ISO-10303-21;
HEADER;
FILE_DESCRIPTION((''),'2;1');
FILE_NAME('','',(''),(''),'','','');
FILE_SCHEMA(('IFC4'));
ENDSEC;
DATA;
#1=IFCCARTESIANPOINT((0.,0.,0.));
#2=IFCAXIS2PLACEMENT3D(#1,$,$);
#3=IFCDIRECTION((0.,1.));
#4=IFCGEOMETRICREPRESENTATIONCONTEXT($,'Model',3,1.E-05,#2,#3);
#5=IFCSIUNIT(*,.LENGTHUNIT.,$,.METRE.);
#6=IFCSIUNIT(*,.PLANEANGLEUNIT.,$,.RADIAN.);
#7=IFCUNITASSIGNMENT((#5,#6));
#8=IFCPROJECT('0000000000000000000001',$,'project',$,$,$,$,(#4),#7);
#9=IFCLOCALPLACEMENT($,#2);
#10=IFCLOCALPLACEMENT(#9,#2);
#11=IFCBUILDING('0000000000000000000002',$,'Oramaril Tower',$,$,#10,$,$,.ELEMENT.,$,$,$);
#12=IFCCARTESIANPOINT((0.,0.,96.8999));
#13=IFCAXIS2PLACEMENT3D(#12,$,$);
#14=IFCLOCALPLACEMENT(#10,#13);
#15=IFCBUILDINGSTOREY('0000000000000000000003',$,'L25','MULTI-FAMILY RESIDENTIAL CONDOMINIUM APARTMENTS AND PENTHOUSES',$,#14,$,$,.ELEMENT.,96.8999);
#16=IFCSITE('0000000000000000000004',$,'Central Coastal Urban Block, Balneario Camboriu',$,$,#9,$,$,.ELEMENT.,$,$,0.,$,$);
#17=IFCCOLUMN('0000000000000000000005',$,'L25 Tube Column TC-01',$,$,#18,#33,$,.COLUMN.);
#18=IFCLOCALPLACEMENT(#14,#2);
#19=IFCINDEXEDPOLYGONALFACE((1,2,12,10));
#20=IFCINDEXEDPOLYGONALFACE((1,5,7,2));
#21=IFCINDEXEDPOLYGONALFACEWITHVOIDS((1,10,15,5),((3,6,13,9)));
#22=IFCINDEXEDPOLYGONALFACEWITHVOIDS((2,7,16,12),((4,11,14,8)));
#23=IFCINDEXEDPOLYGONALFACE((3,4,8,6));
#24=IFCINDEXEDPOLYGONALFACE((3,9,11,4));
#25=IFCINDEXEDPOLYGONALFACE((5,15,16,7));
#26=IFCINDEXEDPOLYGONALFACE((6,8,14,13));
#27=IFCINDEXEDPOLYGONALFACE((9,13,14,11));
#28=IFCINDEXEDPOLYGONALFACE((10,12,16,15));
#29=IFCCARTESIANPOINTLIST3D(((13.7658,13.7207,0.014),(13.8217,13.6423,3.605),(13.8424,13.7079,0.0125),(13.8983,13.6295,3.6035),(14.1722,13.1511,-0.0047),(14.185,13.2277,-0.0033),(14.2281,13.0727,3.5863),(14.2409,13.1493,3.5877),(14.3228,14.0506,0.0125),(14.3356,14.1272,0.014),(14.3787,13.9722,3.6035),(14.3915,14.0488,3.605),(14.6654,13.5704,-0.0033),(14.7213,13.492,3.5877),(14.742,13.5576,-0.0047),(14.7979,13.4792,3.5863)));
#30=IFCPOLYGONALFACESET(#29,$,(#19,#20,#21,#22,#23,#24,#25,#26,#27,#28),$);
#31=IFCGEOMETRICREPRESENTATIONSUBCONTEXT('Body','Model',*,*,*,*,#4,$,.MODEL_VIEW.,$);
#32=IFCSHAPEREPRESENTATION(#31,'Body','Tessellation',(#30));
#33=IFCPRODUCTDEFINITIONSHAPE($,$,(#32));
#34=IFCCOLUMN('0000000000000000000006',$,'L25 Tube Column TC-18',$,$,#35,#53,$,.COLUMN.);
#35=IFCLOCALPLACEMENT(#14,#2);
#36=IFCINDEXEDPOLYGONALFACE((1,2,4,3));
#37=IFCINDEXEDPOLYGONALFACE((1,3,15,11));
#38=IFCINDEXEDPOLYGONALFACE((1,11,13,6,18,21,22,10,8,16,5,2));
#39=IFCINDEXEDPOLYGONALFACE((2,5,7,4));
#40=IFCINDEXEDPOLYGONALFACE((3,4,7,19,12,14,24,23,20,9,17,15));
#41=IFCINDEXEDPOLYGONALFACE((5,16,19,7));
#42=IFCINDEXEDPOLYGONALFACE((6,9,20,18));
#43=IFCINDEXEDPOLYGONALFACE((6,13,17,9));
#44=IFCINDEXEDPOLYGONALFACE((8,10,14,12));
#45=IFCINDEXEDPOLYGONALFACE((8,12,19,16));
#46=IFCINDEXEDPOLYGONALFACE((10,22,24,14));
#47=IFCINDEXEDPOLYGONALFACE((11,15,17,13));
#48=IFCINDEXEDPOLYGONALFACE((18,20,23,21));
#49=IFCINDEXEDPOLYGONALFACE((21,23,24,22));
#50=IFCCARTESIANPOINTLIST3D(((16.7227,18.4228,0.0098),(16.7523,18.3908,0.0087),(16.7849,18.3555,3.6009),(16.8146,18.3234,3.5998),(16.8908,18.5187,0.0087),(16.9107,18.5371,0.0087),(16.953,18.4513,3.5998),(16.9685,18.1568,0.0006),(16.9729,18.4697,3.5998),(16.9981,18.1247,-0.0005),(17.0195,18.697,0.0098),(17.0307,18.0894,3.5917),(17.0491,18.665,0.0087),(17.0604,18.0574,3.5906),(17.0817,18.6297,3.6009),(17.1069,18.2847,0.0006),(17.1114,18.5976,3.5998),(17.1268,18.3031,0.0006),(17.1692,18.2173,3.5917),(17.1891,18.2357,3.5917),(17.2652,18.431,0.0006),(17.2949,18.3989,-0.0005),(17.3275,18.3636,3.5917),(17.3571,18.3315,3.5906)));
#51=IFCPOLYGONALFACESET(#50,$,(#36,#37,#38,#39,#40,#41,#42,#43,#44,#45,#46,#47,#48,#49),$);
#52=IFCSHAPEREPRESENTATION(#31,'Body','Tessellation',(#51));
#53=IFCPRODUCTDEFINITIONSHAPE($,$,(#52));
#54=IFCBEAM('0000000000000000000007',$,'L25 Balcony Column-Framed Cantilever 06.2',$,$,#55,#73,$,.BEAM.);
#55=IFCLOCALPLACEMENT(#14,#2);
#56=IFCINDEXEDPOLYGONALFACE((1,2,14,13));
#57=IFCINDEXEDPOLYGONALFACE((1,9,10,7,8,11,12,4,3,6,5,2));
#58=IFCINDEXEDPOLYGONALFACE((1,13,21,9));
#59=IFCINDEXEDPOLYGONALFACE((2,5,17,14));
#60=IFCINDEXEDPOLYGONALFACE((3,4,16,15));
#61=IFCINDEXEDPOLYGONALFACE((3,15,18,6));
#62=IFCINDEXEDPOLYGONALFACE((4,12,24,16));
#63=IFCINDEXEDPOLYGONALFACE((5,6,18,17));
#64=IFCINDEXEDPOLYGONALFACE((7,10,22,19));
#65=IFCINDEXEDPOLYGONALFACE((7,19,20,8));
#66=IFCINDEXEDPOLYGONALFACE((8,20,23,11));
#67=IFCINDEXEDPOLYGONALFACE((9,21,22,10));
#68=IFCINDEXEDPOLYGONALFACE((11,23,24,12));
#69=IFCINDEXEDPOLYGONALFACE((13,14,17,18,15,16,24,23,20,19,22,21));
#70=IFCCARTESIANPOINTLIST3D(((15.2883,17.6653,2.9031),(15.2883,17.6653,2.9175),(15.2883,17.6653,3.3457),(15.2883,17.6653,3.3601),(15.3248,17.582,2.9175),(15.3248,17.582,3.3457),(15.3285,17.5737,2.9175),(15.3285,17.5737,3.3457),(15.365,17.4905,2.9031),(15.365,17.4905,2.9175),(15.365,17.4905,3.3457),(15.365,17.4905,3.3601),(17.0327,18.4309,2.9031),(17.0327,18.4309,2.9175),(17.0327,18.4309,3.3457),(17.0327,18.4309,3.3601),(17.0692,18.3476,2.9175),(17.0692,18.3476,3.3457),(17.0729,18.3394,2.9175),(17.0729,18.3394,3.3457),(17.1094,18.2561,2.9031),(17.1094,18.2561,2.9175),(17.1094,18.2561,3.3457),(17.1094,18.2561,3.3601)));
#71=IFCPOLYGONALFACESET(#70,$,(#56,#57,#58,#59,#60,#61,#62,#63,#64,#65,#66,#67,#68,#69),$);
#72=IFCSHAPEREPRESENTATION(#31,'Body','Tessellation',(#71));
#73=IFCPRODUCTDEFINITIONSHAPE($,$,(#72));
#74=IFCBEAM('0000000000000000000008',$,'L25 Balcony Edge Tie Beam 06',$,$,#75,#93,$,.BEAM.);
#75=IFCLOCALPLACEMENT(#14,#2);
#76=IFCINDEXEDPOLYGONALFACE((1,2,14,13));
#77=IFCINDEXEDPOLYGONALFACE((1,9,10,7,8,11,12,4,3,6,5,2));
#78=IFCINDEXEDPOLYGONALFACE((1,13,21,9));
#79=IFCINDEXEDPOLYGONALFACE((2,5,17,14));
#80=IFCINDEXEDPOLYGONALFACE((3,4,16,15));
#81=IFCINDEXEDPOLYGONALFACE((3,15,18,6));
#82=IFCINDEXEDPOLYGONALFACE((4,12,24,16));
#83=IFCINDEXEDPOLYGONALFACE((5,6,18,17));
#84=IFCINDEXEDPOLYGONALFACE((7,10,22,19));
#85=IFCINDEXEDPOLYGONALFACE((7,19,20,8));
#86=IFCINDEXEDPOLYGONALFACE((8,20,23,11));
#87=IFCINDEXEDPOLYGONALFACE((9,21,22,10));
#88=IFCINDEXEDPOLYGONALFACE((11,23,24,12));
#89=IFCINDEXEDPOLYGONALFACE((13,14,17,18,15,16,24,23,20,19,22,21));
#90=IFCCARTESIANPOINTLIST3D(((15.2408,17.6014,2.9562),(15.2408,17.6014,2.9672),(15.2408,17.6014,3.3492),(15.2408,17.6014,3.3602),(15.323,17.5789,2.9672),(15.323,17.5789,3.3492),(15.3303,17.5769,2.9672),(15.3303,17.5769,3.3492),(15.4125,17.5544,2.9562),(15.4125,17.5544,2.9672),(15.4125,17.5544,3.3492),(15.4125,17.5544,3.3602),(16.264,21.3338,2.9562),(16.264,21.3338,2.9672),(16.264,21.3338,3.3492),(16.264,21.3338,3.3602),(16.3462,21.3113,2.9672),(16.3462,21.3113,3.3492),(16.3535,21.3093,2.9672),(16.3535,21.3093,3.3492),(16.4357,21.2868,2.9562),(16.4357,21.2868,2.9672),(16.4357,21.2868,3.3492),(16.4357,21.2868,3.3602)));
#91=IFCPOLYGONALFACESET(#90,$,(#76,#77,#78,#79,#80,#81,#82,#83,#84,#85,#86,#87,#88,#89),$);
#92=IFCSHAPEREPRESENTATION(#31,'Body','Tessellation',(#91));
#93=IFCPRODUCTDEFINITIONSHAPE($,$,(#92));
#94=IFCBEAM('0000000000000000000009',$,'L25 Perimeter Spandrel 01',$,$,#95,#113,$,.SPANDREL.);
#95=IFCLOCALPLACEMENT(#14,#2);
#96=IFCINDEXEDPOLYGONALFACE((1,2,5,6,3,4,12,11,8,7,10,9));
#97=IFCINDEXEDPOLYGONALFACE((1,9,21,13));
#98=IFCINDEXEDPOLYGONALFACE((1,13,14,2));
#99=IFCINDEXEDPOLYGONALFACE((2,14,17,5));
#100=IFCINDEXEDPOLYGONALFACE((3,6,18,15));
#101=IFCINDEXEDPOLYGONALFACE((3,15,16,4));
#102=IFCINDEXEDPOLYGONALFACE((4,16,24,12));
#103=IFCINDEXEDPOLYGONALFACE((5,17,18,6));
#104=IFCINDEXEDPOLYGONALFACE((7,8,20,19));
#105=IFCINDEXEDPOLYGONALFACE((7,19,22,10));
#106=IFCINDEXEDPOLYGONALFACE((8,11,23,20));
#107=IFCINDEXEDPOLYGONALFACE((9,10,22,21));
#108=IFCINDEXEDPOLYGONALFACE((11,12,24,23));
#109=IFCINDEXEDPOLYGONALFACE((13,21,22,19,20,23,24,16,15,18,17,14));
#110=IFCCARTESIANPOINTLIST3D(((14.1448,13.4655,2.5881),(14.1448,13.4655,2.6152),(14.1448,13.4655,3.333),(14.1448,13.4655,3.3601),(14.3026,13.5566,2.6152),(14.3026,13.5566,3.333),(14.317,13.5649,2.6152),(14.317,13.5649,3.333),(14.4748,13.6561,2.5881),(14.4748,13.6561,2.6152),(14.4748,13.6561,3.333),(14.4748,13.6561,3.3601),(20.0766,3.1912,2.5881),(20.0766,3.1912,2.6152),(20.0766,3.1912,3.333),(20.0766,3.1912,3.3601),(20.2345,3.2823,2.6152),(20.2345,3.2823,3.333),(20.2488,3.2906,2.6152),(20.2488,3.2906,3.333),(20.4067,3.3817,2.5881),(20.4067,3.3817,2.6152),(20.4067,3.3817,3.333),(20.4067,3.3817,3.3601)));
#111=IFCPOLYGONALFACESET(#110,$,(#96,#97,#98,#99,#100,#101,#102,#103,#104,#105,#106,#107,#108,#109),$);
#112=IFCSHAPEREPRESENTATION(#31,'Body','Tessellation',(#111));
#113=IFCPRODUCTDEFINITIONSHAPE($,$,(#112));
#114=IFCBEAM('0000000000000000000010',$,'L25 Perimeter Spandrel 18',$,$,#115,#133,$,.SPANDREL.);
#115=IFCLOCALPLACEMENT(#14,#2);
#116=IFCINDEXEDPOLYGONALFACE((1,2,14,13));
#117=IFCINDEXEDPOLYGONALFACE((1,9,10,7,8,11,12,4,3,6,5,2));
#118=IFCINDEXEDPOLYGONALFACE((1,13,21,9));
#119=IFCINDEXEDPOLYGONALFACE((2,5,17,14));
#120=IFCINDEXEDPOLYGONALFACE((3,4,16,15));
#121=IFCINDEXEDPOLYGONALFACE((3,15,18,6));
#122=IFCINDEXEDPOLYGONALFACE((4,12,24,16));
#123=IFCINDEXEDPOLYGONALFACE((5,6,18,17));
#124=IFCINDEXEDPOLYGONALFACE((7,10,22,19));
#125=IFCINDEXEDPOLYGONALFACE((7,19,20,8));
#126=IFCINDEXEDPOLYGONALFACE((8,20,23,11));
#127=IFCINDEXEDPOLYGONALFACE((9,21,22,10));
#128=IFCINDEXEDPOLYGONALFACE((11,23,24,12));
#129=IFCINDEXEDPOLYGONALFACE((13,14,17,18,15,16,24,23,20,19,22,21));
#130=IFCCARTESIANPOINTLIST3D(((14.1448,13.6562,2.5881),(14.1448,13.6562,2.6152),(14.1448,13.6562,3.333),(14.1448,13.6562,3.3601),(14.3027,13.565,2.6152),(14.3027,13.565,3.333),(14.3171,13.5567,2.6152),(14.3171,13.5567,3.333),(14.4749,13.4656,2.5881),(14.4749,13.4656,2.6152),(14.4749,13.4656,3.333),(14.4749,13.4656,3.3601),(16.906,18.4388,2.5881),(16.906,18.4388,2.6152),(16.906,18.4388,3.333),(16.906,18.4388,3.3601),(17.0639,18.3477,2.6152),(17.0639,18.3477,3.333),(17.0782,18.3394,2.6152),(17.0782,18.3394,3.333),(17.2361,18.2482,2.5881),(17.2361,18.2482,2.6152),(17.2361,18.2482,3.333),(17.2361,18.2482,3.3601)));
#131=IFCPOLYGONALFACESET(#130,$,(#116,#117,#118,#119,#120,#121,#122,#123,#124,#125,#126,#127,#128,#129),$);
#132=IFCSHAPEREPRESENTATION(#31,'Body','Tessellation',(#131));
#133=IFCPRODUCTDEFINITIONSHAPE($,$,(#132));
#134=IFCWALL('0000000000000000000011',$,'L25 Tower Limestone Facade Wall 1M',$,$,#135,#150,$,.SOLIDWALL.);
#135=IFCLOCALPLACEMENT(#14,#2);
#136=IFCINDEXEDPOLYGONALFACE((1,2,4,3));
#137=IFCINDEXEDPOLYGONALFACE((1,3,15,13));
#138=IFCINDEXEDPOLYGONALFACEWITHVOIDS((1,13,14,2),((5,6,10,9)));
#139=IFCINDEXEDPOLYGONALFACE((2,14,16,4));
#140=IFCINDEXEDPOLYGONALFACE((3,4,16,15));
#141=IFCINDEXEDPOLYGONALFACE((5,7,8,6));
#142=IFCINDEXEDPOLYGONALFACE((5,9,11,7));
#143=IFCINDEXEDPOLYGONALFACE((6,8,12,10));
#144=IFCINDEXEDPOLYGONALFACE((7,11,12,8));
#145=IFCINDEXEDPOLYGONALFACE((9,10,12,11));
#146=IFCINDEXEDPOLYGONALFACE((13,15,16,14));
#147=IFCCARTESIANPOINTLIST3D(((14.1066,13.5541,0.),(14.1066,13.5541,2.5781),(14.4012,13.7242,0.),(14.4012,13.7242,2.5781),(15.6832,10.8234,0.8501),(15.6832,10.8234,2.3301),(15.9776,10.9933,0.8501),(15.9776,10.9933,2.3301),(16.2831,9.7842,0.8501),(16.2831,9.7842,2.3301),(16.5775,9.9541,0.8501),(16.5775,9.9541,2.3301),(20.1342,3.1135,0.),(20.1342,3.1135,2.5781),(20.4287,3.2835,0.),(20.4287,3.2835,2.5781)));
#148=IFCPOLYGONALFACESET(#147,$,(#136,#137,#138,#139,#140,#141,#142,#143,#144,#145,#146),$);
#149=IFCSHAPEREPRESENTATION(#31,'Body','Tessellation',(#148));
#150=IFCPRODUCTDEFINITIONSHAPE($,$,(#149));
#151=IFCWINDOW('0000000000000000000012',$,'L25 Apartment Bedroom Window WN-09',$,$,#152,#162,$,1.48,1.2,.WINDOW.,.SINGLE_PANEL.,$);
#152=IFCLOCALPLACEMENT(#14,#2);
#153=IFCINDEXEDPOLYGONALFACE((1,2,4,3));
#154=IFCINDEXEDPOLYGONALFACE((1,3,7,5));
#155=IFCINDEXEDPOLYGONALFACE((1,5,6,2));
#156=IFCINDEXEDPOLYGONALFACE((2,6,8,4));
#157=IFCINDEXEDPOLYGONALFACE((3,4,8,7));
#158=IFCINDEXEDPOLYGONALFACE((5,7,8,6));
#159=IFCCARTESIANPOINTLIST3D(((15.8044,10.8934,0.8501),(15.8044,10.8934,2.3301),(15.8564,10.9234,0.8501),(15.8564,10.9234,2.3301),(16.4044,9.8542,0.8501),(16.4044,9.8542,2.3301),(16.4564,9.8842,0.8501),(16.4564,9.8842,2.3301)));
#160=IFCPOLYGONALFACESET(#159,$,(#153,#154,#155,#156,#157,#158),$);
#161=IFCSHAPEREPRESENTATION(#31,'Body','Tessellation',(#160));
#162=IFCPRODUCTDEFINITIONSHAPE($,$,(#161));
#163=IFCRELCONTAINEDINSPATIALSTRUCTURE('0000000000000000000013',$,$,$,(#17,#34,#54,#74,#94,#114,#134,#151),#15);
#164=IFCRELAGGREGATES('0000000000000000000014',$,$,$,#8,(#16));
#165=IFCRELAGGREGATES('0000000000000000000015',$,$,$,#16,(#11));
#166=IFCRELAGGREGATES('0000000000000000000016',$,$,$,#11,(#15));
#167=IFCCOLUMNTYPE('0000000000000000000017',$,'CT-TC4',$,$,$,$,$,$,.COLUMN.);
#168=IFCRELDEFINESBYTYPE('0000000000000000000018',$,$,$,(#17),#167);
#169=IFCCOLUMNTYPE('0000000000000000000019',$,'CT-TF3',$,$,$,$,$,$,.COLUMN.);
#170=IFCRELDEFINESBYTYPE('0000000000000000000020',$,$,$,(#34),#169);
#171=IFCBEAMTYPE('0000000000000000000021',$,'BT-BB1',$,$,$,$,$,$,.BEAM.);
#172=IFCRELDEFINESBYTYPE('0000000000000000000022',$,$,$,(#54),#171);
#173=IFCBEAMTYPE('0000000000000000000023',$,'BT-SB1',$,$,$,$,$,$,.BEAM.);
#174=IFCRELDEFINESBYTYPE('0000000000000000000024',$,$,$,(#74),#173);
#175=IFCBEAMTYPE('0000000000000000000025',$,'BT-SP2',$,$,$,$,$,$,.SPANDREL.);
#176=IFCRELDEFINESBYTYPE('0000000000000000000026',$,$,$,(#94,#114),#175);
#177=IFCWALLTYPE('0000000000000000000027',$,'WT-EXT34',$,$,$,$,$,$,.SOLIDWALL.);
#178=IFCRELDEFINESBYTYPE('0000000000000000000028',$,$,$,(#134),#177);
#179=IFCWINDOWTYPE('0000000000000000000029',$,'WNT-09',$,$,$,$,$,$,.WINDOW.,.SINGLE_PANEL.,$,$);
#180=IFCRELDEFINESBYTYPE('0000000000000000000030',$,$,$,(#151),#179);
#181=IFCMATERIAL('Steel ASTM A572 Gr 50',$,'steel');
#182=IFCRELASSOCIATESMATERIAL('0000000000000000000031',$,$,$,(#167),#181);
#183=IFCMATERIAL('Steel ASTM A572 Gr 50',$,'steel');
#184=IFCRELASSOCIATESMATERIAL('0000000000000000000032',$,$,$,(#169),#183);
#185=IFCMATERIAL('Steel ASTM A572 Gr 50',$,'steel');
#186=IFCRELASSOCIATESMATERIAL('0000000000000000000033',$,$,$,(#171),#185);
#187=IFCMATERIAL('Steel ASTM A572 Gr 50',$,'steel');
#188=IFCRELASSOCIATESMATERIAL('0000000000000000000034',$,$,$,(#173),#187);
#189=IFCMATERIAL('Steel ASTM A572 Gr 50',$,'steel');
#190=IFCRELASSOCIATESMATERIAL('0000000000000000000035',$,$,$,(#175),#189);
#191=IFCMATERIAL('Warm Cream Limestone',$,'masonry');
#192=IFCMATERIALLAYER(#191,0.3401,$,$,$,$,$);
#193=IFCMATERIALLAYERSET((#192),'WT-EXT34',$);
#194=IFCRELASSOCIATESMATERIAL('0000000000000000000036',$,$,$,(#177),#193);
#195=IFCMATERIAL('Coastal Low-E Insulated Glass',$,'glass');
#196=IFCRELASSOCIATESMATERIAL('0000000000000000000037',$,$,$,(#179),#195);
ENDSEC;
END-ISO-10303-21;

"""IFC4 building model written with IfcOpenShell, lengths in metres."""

from ifc_helpers import new_model, si_unit, direction, frame, frame_2d, origin, origin_2d, place, context, subcontext, project, spatial, rectangle, hollow_rectangle, i_section, extrude, material, layer, layer_set, material_profile, profile_set, type_object, element, fill, save


model = new_model("IFC4")

# Units and contexts
model_context = context("Model", 3, precision=1e-05, world=origin(), true_north=direction((0.0, 1.0)))
body_context = subcontext(model_context, "Body", "Model", "MODEL_VIEW")
ifc_project = project(units=[si_unit("LENGTHUNIT", "METRE"), si_unit("PLANEANGLEUNIT", "RADIAN")], contexts=[model_context])

# Site, building, storey
site_placement = place(None, origin())
site = spatial("IfcSite", under=ifc_project, at=site_placement, Name="Central Coastal Urban Block, Balneario Camboriu", CompositionType="ELEMENT", RefElevation=0.0)
building_placement = place(site_placement, origin())
building = spatial("IfcBuilding", under=site, at=building_placement, Name="Oramaril Tower", CompositionType="ELEMENT")
storey_placement = place(building_placement, frame((0.0, 0.0, 96.8999)))
storey = spatial("IfcBuildingStorey", under=building, at=storey_placement, Name="L25", Description="MULTI-FAMILY RESIDENTIAL CONDOMINIUM APARTMENTS AND PENTHOUSES", CompositionType="ELEMENT", Elevation=96.8999)

# Columns
ifc_material_1 = material(Name="Steel ASTM A572 Gr 50", Category="steel")
ifc_material_profile_1 = material_profile(ifc_material_1, hollow_rectangle(XDim=0.7, YDim=0.7, WallThickness=0.0549, at=origin_2d()), Name="BOX700X700X55")
ifc_profile_set_1 = profile_set([ifc_material_profile_1], Name="Steel ASTM A572 Gr 50")
column_type_1 = type_object("IfcColumnType", Name="CT-TC4", PredefinedType="COLUMN", material=ifc_profile_set_1)
column_1_placement = place(storey_placement, frame((14.2539, 13.6392, 0.0046), z_axis=(0.015563, -0.021816, 0.999641), x_axis=(0.814076, 0.580758, 0.0)))
element("IfcColumn", 1, at=column_1_placement, inside=storey, type_object=column_type_1, Name="L25 Tube Column TC-01", PredefinedType="COLUMN", context=body_context, shape_type="SweptSolid", body=[
    extrude(hollow_rectangle(XDim=0.7, YDim=0.7, WallThickness=0.0549, at=origin_2d()), origin(), (0.0, 0.0, 1.0), 3.5923),
])
ifc_material_2 = material(Name="Steel ASTM A572 Gr 50", Category="steel")
ifc_material_profile_2 = material_profile(ifc_material_2, i_section(OverallWidth=0.4041, OverallDepth=0.406, WebThickness=0.0271, FlangeThickness=0.0437, at=origin_2d()), Name="W14X233")
ifc_profile_set_2 = profile_set([ifc_material_profile_2], Name="Steel ASTM A572 Gr 50")
column_type_2 = type_object("IfcColumnType", Name="CT-TF3", PredefinedType="COLUMN", material=ifc_profile_set_2)
column_2_placement = place(storey_placement, frame((17.0088, 18.4109, 0.0046), z_axis=(0.017331, -0.018758, 0.999674), x_axis=(0.734497, 0.678612, 0.0)))
element("IfcColumn", 2, at=column_2_placement, inside=storey, type_object=column_type_2, Name="L25 Tube Column TC-18", PredefinedType="COLUMN", context=body_context, shape_type="SweptSolid", body=[
    extrude(i_section(OverallWidth=0.4041, OverallDepth=0.406, WebThickness=0.0271, FlangeThickness=0.0437, at=origin_2d()), origin(), (0.0, 0.0, 1.0), 3.5923),
])

# Beams
ifc_material_3 = material(Name="Steel ASTM A572 Gr 50", Category="steel")
ifc_material_profile_3 = material_profile(ifc_material_3, i_section(OverallWidth=0.1909, OverallDepth=0.457, WebThickness=0.009, FlangeThickness=0.0144, at=origin_2d()), Name="W18X50")
ifc_profile_set_3 = profile_set([ifc_material_profile_3], Name="Steel ASTM A572 Gr 50")
beam_type_1 = type_object("IfcBeamType", Name="BT-BB1", PredefinedType="BEAM", material=ifc_profile_set_3)
beam_1_placement = place(storey_placement, frame((17.071, 18.3435, 3.1316), z_axis=(-0.915683, -0.401901, 0.0), x_axis=(0.401901, -0.915683, 0.0)))
element("IfcBeam", 3, at=beam_1_placement, inside=storey, type_object=beam_type_1, Name="L25 Balcony Column-Framed Cantilever 06.2", PredefinedType="BEAM", context=body_context, shape_type="SweptSolid", body=[
    extrude(i_section(OverallWidth=0.1909, OverallDepth=0.457, WebThickness=0.009, FlangeThickness=0.0144, at=origin_2d()), origin(), (0.0, 0.0, 1.0), 1.905),
])
ifc_material_4 = material(Name="Steel ASTM A572 Gr 50", Category="steel")
ifc_material_profile_4 = material_profile(ifc_material_4, i_section(OverallWidth=0.178, OverallDepth=0.4041, WebThickness=0.0076, FlangeThickness=0.011, at=origin_2d()), Name="W16X36")
ifc_profile_set_4 = profile_set([ifc_material_profile_4], Name="Steel ASTM A572 Gr 50")
beam_type_2 = type_object("IfcBeamType", Name="BT-SB1", PredefinedType="BEAM", material=ifc_profile_set_4)
beam_2_placement = place(storey_placement, frame((16.3499, 21.3103, 3.1582), z_axis=(-0.264382, -0.964418, 0.0), x_axis=(0.964418, -0.264382, 0.0)))
element("IfcBeam", 4, at=beam_2_placement, inside=storey, type_object=beam_type_2, Name="L25 Balcony Edge Tie Beam 06", PredefinedType="BEAM", context=body_context, shape_type="SweptSolid", body=[
    extrude(i_section(OverallWidth=0.178, OverallDepth=0.4041, WebThickness=0.0076, FlangeThickness=0.011, at=origin_2d()), origin(), (0.0, 0.0, 1.0), 3.8701),
])
ifc_material_5 = material(Name="Steel ASTM A572 Gr 50", Category="steel")
ifc_material_profile_5 = material_profile(ifc_material_5, i_section(OverallWidth=0.3811, OverallDepth=0.772, WebThickness=0.0166, FlangeThickness=0.0271, at=origin_2d()), Name="W30X173")
ifc_profile_set_5 = profile_set([ifc_material_profile_5], Name="Steel ASTM A572 Gr 50")
beam_type_3 = type_object("IfcBeamType", Name="BT-SP2", PredefinedType="SPANDREL", material=ifc_profile_set_5)
beam_3_placement = place(storey_placement, frame((14.3098, 13.5608, 2.9741), z_axis=(0.499997, -0.866027, 0.0), x_axis=(0.866027, 0.499997, 0.0)))
element("IfcBeam", 5, at=beam_3_placement, inside=storey, type_object=beam_type_3, Name="L25 Perimeter Spandrel 01", PredefinedType="SPANDREL", context=body_context, shape_type="SweptSolid", body=[
    extrude(i_section(OverallWidth=0.3811, OverallDepth=0.772, WebThickness=0.0166, FlangeThickness=0.0271, at=origin_2d()), origin(), (0.0, 0.0, 1.0), 11.8638),
])
beam_4_placement = place(storey_placement, frame((17.071, 18.3435, 2.9741), z_axis=(-0.49999, -0.866031, 0.0), x_axis=(0.866031, -0.49999, 0.0)))
element("IfcBeam", 6, at=beam_4_placement, inside=storey, type_object=beam_type_3, Name="L25 Perimeter Spandrel 18", PredefinedType="SPANDREL", context=body_context, shape_type="SweptSolid", body=[
    extrude(i_section(OverallWidth=0.3811, OverallDepth=0.772, WebThickness=0.0166, FlangeThickness=0.0271, at=origin_2d()), origin(), (0.0, 0.0, 1.0), 5.5225),
])

# Wall, opening, window
ifc_material_6 = material(Name="Warm Cream Limestone", Category="masonry")
ifc_layer_1 = layer(ifc_material_6, 0.3401)
ifc_layer_set_1 = layer_set([ifc_layer_1], Name="WT-EXT34")
wall_type_1 = type_object("IfcWallType", Name="WT-EXT34", PredefinedType="SOLIDWALL", material=ifc_layer_set_1)
wall_1_placement = place(storey_placement, frame((14.2539, 13.6392, 0.0), z_axis=(0.0, 0.0, 1.0), x_axis=(0.499979, -0.866038, 0.0)))
wall_1 = element("IfcWall", 7, at=wall_1_placement, inside=storey, type_object=wall_type_1, Name="L25 Tower Limestone Facade Wall 1M", PredefinedType="SOLIDWALL", context=body_context, shape_type="SweptSolid", body=[
    extrude(rectangle(XDim=12.0557, YDim=0.3401, at=frame_2d((6.0278, 0.0))), origin(), (0.0, 0.0, 1.0), 2.5781),
])
opening_1_placement = place(wall_1_placement, frame((3.1531, 0.0, 0.8501)))
opening_1 = element("IfcOpeningElement", 8, at=opening_1_placement, cuts=wall_1, PredefinedType="OPENING", context=body_context, shape_type="SweptSolid", body=[
    extrude(rectangle(XDim=1.2, YDim=1.48, at=frame_2d((0.6001, 0.74))), frame((0.0, 0.1699, 0.0), z_axis=(0.0, -1.0, 0.0), x_axis=(1.0, 0.0, 0.0)), (0.0, 0.0, 1.0), 0.3401),
])
ifc_material_7 = material(Name="Coastal Low-E Insulated Glass", Category="glass")
window_type = type_object("IfcWindowType", Name="WNT-09", PartitioningType="SINGLE_PANEL", PredefinedType="WINDOW", material=ifc_material_7)
window_placement = place(opening_1_placement, origin())
window = element("IfcWindow", 9, at=window_placement, inside=storey, type_object=window_type, Name="L25 Apartment Bedroom Window WN-09", OverallHeight=1.48, OverallWidth=1.2, PartitioningType="SINGLE_PANEL", PredefinedType="WINDOW", context=body_context, shape_type="SweptSolid", body=[
    extrude(rectangle(XDim=1.2, YDim=1.48, at=frame_2d((0.6001, 0.74))), frame((0.0, 0.03, 0.0), z_axis=(0.0, -1.0, 0.0), x_axis=(1.0, 0.0, 0.0)), (0.0, 0.0, 1.0), 0.0601),
])
fill(opening_1, window)

save(model, "model.ifc")
